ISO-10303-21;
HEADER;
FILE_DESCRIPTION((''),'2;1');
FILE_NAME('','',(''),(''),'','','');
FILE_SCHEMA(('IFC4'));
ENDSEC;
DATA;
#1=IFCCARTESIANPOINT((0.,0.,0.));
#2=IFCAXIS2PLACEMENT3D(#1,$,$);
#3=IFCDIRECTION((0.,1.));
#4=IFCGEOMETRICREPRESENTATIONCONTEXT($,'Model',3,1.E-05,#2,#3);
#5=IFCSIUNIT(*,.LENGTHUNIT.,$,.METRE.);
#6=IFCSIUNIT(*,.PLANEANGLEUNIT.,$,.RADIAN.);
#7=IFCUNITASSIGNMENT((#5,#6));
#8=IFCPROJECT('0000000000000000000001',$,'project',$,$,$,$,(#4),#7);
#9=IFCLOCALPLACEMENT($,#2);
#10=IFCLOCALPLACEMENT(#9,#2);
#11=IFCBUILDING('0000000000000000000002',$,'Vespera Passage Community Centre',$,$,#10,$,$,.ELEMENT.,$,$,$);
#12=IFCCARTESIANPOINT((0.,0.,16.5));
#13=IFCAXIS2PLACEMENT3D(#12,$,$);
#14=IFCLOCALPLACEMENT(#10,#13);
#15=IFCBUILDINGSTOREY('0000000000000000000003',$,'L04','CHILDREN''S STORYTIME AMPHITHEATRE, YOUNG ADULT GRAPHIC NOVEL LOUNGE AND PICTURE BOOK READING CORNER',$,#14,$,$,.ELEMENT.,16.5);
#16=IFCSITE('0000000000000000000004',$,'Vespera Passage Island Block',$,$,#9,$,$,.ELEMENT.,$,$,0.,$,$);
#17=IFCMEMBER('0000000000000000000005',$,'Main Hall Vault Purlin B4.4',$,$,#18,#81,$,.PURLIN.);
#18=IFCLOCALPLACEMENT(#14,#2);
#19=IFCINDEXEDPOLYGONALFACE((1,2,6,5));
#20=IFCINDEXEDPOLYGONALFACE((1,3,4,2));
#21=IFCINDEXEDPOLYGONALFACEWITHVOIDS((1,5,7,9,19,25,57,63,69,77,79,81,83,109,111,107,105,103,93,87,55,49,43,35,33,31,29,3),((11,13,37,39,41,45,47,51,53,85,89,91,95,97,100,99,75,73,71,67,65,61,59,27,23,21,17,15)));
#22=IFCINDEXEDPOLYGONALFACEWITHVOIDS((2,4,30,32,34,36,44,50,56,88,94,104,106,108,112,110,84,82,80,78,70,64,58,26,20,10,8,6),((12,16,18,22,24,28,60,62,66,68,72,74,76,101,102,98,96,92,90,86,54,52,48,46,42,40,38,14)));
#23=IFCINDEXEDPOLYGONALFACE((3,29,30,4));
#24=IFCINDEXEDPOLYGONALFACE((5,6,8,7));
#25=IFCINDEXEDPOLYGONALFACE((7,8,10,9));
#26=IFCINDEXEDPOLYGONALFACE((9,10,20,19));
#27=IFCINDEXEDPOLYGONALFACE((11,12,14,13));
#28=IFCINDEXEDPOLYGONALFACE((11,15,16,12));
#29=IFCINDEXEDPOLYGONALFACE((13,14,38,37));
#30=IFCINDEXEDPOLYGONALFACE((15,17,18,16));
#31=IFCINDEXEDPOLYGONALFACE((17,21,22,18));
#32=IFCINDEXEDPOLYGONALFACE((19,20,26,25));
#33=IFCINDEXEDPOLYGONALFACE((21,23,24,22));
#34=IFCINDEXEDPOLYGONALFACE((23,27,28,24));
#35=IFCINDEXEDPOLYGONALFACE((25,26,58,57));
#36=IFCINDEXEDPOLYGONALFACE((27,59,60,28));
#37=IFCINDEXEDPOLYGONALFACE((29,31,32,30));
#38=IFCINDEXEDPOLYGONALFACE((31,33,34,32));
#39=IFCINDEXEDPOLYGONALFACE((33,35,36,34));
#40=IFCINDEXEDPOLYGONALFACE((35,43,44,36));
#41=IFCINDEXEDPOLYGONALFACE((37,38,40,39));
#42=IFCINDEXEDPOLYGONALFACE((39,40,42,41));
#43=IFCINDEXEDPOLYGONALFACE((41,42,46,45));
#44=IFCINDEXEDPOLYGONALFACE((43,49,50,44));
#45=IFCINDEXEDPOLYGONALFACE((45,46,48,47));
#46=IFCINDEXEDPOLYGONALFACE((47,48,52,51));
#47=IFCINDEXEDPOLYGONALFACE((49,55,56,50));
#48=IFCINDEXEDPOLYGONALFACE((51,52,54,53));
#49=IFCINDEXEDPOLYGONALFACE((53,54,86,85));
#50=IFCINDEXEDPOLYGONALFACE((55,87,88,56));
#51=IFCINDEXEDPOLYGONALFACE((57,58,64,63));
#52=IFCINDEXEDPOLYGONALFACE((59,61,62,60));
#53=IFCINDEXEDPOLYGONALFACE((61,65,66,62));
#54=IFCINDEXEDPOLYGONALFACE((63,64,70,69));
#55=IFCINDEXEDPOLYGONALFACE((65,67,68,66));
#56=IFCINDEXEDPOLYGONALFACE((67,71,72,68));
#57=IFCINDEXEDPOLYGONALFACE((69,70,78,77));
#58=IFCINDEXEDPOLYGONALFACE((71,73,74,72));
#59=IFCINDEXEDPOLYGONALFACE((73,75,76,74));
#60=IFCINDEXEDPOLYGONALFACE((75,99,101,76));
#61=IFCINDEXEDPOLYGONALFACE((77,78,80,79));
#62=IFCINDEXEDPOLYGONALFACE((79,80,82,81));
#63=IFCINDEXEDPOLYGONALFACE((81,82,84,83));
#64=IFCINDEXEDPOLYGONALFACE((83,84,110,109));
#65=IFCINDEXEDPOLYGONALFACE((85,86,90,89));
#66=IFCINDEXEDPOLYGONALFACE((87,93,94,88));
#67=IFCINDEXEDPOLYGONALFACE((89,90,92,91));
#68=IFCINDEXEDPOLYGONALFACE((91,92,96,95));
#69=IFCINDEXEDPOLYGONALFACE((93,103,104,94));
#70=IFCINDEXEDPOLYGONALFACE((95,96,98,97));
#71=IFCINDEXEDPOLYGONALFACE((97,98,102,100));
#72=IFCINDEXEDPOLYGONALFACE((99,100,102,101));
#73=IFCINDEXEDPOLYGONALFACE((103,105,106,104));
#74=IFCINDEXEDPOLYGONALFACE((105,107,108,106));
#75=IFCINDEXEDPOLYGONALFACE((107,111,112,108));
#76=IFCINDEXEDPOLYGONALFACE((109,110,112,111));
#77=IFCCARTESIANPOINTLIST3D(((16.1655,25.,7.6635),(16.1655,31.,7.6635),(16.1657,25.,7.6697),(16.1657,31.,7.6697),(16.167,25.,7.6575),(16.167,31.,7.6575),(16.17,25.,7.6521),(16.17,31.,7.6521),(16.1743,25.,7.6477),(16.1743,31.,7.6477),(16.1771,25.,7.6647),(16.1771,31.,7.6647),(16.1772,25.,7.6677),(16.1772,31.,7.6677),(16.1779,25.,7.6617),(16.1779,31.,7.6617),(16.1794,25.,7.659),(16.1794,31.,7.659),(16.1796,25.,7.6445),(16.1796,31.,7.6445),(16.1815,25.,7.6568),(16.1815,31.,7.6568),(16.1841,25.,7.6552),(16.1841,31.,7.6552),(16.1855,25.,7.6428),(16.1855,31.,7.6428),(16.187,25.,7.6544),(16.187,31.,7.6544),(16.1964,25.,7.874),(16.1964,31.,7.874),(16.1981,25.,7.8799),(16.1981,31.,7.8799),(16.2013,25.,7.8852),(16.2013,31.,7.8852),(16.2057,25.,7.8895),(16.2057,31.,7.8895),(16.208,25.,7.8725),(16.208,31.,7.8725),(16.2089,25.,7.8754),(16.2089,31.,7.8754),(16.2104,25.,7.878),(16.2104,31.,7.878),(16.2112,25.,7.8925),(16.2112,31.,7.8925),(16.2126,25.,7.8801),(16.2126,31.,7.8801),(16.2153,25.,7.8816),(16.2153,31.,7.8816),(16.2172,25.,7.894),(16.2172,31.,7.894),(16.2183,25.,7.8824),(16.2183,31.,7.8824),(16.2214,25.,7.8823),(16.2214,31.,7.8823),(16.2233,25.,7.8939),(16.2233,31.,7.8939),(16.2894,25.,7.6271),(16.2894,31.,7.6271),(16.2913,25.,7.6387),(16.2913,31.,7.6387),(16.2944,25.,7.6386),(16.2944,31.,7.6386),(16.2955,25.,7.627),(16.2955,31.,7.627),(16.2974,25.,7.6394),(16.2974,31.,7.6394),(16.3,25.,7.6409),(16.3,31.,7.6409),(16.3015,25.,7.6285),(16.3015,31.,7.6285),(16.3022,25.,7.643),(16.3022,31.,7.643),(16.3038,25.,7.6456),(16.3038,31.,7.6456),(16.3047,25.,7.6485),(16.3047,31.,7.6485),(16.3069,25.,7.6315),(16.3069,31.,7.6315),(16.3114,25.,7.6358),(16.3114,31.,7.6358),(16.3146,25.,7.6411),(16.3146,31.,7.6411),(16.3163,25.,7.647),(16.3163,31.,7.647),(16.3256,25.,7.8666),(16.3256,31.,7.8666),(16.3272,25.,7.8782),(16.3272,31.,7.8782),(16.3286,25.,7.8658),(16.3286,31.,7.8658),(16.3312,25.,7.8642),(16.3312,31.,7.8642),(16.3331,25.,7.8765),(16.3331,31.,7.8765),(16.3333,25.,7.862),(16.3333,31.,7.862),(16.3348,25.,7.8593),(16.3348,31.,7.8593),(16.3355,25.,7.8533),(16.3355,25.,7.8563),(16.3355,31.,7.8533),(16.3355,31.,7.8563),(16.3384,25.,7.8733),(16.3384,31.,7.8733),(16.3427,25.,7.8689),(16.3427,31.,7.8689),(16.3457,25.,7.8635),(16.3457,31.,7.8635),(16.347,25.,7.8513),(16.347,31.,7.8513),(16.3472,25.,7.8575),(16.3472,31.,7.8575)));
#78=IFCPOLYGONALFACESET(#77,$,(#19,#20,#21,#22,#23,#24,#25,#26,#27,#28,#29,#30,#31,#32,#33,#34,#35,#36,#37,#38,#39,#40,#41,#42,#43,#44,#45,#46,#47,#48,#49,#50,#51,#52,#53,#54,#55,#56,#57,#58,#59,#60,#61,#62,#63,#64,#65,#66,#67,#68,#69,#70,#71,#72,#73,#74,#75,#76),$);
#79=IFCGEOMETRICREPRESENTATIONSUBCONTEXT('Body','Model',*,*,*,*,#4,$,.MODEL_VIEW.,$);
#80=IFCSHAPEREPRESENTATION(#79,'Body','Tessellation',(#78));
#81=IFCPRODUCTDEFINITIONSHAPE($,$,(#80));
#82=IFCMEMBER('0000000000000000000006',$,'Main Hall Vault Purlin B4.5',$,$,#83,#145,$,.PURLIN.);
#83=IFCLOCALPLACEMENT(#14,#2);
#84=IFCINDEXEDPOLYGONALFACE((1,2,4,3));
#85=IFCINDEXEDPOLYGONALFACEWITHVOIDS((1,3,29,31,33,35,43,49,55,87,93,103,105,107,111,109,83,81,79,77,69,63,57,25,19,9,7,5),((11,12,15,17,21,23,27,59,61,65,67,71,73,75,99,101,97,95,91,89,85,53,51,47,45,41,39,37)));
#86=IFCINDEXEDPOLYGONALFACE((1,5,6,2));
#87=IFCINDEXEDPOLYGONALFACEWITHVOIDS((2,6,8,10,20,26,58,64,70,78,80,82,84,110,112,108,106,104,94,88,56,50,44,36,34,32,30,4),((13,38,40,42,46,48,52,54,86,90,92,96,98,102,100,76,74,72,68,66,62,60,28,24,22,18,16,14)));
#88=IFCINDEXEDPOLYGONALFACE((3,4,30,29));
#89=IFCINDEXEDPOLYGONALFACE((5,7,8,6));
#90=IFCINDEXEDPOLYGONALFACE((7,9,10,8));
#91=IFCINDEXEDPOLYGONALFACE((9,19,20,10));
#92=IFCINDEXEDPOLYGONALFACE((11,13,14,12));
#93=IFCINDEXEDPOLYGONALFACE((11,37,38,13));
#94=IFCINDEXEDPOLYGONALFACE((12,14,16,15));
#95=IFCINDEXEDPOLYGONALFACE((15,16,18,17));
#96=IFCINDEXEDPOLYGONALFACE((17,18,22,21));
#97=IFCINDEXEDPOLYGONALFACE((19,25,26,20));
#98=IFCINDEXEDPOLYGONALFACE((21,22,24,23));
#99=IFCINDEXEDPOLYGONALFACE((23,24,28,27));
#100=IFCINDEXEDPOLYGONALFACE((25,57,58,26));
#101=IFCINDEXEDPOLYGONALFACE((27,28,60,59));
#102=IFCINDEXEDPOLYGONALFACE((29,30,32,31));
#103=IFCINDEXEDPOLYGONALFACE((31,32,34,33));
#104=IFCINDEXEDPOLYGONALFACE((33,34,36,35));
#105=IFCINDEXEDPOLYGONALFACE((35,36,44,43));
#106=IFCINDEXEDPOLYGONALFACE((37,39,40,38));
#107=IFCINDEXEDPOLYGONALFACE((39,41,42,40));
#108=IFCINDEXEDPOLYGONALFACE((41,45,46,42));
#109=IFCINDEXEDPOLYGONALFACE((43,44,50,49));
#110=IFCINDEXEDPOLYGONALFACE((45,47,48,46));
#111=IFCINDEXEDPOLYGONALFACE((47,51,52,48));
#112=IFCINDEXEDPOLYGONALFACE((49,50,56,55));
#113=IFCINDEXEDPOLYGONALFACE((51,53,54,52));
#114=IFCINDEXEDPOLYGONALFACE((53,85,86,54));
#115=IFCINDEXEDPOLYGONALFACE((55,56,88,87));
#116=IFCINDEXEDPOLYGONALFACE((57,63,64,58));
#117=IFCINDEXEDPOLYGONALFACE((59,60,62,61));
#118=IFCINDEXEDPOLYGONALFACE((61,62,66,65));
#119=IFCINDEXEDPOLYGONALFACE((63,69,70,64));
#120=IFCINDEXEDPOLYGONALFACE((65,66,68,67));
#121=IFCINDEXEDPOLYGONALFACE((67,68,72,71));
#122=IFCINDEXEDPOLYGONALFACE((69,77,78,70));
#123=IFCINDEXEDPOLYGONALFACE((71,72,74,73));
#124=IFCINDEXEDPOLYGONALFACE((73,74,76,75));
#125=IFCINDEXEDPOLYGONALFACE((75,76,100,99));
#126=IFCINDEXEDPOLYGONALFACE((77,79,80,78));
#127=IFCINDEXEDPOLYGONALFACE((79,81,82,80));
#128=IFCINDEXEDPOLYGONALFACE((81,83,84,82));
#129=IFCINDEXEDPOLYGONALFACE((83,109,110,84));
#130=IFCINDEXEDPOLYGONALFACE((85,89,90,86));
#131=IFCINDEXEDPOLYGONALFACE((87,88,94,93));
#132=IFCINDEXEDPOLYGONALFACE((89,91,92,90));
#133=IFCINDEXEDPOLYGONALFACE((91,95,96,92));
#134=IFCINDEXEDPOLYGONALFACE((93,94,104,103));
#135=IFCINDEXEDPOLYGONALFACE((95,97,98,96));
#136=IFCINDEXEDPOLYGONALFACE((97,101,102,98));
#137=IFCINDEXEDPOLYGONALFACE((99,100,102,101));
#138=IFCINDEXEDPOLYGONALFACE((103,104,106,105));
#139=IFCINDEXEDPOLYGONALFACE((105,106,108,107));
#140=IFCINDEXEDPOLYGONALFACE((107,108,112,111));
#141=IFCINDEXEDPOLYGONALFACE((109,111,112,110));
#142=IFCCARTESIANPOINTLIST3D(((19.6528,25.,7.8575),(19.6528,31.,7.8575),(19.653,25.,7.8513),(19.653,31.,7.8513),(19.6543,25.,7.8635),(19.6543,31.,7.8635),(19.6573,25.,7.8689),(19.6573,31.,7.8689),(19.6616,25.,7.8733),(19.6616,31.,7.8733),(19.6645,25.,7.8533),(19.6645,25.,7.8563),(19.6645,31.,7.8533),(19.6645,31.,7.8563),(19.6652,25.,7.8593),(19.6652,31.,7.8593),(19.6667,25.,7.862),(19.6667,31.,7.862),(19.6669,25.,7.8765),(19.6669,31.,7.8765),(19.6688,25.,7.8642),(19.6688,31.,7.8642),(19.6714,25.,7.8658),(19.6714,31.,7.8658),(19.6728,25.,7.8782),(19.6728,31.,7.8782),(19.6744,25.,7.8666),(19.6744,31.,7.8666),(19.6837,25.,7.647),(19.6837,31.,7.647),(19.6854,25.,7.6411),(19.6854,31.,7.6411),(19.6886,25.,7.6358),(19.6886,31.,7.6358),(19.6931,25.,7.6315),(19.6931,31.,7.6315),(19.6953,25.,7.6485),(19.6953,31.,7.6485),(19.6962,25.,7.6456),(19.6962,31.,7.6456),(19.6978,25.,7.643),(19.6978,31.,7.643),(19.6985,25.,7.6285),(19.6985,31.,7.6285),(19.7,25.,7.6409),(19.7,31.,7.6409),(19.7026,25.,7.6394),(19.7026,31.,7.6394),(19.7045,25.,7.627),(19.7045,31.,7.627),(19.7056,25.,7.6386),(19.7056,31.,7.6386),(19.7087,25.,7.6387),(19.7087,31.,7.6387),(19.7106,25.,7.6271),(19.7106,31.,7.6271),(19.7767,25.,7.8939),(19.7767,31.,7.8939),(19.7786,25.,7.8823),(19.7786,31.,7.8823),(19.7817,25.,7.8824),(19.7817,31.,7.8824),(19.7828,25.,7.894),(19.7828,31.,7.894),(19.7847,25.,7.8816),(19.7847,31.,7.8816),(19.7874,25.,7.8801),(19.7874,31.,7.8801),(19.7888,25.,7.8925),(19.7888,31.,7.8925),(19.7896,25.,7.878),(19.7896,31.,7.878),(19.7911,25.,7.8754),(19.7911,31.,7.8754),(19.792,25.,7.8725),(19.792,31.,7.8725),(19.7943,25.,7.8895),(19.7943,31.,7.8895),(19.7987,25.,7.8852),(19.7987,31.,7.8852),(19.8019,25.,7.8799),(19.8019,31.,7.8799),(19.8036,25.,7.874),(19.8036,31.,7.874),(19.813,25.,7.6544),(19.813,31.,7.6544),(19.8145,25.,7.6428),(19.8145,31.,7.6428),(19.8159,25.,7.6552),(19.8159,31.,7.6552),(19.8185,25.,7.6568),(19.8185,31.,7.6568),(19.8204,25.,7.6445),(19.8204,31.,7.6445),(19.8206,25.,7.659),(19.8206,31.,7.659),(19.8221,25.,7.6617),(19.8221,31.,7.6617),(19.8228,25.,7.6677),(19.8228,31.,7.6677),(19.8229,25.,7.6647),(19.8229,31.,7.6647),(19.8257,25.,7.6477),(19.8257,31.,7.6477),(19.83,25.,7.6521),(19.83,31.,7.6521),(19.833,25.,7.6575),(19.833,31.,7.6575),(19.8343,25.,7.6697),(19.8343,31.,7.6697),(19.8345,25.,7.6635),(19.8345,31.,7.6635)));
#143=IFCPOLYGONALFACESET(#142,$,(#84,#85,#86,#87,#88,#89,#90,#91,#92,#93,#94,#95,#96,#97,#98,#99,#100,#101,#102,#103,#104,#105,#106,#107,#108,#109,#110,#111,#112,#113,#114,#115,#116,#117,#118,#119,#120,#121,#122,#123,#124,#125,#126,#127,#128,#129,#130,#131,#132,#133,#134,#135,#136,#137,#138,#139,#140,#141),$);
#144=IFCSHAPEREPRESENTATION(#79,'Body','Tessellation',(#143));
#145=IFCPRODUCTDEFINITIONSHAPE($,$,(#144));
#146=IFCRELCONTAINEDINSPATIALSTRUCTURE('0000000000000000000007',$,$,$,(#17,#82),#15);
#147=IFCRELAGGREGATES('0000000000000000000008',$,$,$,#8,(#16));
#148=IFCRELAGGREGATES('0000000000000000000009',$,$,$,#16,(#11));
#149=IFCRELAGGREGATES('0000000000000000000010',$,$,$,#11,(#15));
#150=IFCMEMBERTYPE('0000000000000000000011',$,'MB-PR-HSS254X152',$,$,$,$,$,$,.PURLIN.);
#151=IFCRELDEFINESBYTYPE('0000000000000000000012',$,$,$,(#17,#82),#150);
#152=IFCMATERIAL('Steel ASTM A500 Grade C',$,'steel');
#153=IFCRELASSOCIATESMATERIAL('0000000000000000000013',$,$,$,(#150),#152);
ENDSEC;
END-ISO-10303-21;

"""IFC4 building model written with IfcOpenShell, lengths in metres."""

from ifc_helpers import new_model, si_unit, direction, frame, origin, origin_2d, place, context, subcontext, project, spatial, hollow_rectangle, extrude, material, material_profile, profile_set, type_object, element, save


model = new_model("IFC4")

# Units and contexts
model_context = context("Model", 3, precision=1e-05, world=origin(), true_north=direction((0.0, 1.0)))
body_context = subcontext(model_context, "Body", "Model", "MODEL_VIEW")
ifc_project = project(units=[si_unit("LENGTHUNIT", "METRE"), si_unit("PLANEANGLEUNIT", "RADIAN")], contexts=[model_context])

# Site, building, storey
site_placement = place(None, origin())
site = spatial("IfcSite", under=ifc_project, at=site_placement, Name="Vespera Passage Island Block", CompositionType="ELEMENT", RefElevation=0.0)
building_placement = place(site_placement, origin())
building = spatial("IfcBuilding", under=site, at=building_placement, Name="Vespera Passage Community Centre", CompositionType="ELEMENT")
storey_placement = place(building_placement, frame((0.0, 0.0, 16.5)))
storey = spatial("IfcBuildingStorey", under=building, at=storey_placement, Name="L04", Description="CHILDREN'S STORYTIME AMPHITHEATRE, YOUNG ADULT GRAPHIC NOVEL LOUNGE AND PICTURE BOOK READING CORNER", CompositionType="ELEMENT", Elevation=16.5)

# Members
ifc_material_1 = material(Name="Steel ASTM A500 Grade C", Category="steel")
ifc_material_profile_1 = material_profile(ifc_material_1, hollow_rectangle(XDim=0.1523, YDim=0.2539, WallThickness=0.0117, InnerFilletRadius=0.0117, OuterFilletRadius=0.0237, at=origin_2d()), Name="HSS254X152X12.7")
ifc_profile_set_1 = profile_set([ifc_material_profile_1], Name="Steel ASTM A500 Grade C")
member_type_1 = type_object("IfcMemberType", Name="MB-PR-HSS254X152", PredefinedType="PURLIN", material=ifc_profile_set_1)
for number, where, z_axis, x_axis, name in (
    (1, (16.2563, 25.0, 7.7605), (0.0, 1.0, 0.0), (-0.988858, 0.0, 0.148862), "Main Hall Vault Purlin B4.4"),
    (2, (19.7437, 25.0, 7.7605), (0.0, 1.0, 0.0), (-0.988858, 0.0, -0.148862), "Main Hall Vault Purlin B4.5"),
):
    element("IfcMember", number, at=place(storey_placement, frame(where, z_axis=z_axis, x_axis=x_axis)), inside=storey, type_object=member_type_1, Name=name, PredefinedType="PURLIN", context=body_context, shape_type="SweptSolid", body=[
        extrude(hollow_rectangle(XDim=0.1523, YDim=0.2539, WallThickness=0.0117, InnerFilletRadius=0.0117, OuterFilletRadius=0.0237, at=origin_2d()), origin(), (0.0, 0.0, 1.0), 6.0),
    ])

save(model, "model.ifc")
